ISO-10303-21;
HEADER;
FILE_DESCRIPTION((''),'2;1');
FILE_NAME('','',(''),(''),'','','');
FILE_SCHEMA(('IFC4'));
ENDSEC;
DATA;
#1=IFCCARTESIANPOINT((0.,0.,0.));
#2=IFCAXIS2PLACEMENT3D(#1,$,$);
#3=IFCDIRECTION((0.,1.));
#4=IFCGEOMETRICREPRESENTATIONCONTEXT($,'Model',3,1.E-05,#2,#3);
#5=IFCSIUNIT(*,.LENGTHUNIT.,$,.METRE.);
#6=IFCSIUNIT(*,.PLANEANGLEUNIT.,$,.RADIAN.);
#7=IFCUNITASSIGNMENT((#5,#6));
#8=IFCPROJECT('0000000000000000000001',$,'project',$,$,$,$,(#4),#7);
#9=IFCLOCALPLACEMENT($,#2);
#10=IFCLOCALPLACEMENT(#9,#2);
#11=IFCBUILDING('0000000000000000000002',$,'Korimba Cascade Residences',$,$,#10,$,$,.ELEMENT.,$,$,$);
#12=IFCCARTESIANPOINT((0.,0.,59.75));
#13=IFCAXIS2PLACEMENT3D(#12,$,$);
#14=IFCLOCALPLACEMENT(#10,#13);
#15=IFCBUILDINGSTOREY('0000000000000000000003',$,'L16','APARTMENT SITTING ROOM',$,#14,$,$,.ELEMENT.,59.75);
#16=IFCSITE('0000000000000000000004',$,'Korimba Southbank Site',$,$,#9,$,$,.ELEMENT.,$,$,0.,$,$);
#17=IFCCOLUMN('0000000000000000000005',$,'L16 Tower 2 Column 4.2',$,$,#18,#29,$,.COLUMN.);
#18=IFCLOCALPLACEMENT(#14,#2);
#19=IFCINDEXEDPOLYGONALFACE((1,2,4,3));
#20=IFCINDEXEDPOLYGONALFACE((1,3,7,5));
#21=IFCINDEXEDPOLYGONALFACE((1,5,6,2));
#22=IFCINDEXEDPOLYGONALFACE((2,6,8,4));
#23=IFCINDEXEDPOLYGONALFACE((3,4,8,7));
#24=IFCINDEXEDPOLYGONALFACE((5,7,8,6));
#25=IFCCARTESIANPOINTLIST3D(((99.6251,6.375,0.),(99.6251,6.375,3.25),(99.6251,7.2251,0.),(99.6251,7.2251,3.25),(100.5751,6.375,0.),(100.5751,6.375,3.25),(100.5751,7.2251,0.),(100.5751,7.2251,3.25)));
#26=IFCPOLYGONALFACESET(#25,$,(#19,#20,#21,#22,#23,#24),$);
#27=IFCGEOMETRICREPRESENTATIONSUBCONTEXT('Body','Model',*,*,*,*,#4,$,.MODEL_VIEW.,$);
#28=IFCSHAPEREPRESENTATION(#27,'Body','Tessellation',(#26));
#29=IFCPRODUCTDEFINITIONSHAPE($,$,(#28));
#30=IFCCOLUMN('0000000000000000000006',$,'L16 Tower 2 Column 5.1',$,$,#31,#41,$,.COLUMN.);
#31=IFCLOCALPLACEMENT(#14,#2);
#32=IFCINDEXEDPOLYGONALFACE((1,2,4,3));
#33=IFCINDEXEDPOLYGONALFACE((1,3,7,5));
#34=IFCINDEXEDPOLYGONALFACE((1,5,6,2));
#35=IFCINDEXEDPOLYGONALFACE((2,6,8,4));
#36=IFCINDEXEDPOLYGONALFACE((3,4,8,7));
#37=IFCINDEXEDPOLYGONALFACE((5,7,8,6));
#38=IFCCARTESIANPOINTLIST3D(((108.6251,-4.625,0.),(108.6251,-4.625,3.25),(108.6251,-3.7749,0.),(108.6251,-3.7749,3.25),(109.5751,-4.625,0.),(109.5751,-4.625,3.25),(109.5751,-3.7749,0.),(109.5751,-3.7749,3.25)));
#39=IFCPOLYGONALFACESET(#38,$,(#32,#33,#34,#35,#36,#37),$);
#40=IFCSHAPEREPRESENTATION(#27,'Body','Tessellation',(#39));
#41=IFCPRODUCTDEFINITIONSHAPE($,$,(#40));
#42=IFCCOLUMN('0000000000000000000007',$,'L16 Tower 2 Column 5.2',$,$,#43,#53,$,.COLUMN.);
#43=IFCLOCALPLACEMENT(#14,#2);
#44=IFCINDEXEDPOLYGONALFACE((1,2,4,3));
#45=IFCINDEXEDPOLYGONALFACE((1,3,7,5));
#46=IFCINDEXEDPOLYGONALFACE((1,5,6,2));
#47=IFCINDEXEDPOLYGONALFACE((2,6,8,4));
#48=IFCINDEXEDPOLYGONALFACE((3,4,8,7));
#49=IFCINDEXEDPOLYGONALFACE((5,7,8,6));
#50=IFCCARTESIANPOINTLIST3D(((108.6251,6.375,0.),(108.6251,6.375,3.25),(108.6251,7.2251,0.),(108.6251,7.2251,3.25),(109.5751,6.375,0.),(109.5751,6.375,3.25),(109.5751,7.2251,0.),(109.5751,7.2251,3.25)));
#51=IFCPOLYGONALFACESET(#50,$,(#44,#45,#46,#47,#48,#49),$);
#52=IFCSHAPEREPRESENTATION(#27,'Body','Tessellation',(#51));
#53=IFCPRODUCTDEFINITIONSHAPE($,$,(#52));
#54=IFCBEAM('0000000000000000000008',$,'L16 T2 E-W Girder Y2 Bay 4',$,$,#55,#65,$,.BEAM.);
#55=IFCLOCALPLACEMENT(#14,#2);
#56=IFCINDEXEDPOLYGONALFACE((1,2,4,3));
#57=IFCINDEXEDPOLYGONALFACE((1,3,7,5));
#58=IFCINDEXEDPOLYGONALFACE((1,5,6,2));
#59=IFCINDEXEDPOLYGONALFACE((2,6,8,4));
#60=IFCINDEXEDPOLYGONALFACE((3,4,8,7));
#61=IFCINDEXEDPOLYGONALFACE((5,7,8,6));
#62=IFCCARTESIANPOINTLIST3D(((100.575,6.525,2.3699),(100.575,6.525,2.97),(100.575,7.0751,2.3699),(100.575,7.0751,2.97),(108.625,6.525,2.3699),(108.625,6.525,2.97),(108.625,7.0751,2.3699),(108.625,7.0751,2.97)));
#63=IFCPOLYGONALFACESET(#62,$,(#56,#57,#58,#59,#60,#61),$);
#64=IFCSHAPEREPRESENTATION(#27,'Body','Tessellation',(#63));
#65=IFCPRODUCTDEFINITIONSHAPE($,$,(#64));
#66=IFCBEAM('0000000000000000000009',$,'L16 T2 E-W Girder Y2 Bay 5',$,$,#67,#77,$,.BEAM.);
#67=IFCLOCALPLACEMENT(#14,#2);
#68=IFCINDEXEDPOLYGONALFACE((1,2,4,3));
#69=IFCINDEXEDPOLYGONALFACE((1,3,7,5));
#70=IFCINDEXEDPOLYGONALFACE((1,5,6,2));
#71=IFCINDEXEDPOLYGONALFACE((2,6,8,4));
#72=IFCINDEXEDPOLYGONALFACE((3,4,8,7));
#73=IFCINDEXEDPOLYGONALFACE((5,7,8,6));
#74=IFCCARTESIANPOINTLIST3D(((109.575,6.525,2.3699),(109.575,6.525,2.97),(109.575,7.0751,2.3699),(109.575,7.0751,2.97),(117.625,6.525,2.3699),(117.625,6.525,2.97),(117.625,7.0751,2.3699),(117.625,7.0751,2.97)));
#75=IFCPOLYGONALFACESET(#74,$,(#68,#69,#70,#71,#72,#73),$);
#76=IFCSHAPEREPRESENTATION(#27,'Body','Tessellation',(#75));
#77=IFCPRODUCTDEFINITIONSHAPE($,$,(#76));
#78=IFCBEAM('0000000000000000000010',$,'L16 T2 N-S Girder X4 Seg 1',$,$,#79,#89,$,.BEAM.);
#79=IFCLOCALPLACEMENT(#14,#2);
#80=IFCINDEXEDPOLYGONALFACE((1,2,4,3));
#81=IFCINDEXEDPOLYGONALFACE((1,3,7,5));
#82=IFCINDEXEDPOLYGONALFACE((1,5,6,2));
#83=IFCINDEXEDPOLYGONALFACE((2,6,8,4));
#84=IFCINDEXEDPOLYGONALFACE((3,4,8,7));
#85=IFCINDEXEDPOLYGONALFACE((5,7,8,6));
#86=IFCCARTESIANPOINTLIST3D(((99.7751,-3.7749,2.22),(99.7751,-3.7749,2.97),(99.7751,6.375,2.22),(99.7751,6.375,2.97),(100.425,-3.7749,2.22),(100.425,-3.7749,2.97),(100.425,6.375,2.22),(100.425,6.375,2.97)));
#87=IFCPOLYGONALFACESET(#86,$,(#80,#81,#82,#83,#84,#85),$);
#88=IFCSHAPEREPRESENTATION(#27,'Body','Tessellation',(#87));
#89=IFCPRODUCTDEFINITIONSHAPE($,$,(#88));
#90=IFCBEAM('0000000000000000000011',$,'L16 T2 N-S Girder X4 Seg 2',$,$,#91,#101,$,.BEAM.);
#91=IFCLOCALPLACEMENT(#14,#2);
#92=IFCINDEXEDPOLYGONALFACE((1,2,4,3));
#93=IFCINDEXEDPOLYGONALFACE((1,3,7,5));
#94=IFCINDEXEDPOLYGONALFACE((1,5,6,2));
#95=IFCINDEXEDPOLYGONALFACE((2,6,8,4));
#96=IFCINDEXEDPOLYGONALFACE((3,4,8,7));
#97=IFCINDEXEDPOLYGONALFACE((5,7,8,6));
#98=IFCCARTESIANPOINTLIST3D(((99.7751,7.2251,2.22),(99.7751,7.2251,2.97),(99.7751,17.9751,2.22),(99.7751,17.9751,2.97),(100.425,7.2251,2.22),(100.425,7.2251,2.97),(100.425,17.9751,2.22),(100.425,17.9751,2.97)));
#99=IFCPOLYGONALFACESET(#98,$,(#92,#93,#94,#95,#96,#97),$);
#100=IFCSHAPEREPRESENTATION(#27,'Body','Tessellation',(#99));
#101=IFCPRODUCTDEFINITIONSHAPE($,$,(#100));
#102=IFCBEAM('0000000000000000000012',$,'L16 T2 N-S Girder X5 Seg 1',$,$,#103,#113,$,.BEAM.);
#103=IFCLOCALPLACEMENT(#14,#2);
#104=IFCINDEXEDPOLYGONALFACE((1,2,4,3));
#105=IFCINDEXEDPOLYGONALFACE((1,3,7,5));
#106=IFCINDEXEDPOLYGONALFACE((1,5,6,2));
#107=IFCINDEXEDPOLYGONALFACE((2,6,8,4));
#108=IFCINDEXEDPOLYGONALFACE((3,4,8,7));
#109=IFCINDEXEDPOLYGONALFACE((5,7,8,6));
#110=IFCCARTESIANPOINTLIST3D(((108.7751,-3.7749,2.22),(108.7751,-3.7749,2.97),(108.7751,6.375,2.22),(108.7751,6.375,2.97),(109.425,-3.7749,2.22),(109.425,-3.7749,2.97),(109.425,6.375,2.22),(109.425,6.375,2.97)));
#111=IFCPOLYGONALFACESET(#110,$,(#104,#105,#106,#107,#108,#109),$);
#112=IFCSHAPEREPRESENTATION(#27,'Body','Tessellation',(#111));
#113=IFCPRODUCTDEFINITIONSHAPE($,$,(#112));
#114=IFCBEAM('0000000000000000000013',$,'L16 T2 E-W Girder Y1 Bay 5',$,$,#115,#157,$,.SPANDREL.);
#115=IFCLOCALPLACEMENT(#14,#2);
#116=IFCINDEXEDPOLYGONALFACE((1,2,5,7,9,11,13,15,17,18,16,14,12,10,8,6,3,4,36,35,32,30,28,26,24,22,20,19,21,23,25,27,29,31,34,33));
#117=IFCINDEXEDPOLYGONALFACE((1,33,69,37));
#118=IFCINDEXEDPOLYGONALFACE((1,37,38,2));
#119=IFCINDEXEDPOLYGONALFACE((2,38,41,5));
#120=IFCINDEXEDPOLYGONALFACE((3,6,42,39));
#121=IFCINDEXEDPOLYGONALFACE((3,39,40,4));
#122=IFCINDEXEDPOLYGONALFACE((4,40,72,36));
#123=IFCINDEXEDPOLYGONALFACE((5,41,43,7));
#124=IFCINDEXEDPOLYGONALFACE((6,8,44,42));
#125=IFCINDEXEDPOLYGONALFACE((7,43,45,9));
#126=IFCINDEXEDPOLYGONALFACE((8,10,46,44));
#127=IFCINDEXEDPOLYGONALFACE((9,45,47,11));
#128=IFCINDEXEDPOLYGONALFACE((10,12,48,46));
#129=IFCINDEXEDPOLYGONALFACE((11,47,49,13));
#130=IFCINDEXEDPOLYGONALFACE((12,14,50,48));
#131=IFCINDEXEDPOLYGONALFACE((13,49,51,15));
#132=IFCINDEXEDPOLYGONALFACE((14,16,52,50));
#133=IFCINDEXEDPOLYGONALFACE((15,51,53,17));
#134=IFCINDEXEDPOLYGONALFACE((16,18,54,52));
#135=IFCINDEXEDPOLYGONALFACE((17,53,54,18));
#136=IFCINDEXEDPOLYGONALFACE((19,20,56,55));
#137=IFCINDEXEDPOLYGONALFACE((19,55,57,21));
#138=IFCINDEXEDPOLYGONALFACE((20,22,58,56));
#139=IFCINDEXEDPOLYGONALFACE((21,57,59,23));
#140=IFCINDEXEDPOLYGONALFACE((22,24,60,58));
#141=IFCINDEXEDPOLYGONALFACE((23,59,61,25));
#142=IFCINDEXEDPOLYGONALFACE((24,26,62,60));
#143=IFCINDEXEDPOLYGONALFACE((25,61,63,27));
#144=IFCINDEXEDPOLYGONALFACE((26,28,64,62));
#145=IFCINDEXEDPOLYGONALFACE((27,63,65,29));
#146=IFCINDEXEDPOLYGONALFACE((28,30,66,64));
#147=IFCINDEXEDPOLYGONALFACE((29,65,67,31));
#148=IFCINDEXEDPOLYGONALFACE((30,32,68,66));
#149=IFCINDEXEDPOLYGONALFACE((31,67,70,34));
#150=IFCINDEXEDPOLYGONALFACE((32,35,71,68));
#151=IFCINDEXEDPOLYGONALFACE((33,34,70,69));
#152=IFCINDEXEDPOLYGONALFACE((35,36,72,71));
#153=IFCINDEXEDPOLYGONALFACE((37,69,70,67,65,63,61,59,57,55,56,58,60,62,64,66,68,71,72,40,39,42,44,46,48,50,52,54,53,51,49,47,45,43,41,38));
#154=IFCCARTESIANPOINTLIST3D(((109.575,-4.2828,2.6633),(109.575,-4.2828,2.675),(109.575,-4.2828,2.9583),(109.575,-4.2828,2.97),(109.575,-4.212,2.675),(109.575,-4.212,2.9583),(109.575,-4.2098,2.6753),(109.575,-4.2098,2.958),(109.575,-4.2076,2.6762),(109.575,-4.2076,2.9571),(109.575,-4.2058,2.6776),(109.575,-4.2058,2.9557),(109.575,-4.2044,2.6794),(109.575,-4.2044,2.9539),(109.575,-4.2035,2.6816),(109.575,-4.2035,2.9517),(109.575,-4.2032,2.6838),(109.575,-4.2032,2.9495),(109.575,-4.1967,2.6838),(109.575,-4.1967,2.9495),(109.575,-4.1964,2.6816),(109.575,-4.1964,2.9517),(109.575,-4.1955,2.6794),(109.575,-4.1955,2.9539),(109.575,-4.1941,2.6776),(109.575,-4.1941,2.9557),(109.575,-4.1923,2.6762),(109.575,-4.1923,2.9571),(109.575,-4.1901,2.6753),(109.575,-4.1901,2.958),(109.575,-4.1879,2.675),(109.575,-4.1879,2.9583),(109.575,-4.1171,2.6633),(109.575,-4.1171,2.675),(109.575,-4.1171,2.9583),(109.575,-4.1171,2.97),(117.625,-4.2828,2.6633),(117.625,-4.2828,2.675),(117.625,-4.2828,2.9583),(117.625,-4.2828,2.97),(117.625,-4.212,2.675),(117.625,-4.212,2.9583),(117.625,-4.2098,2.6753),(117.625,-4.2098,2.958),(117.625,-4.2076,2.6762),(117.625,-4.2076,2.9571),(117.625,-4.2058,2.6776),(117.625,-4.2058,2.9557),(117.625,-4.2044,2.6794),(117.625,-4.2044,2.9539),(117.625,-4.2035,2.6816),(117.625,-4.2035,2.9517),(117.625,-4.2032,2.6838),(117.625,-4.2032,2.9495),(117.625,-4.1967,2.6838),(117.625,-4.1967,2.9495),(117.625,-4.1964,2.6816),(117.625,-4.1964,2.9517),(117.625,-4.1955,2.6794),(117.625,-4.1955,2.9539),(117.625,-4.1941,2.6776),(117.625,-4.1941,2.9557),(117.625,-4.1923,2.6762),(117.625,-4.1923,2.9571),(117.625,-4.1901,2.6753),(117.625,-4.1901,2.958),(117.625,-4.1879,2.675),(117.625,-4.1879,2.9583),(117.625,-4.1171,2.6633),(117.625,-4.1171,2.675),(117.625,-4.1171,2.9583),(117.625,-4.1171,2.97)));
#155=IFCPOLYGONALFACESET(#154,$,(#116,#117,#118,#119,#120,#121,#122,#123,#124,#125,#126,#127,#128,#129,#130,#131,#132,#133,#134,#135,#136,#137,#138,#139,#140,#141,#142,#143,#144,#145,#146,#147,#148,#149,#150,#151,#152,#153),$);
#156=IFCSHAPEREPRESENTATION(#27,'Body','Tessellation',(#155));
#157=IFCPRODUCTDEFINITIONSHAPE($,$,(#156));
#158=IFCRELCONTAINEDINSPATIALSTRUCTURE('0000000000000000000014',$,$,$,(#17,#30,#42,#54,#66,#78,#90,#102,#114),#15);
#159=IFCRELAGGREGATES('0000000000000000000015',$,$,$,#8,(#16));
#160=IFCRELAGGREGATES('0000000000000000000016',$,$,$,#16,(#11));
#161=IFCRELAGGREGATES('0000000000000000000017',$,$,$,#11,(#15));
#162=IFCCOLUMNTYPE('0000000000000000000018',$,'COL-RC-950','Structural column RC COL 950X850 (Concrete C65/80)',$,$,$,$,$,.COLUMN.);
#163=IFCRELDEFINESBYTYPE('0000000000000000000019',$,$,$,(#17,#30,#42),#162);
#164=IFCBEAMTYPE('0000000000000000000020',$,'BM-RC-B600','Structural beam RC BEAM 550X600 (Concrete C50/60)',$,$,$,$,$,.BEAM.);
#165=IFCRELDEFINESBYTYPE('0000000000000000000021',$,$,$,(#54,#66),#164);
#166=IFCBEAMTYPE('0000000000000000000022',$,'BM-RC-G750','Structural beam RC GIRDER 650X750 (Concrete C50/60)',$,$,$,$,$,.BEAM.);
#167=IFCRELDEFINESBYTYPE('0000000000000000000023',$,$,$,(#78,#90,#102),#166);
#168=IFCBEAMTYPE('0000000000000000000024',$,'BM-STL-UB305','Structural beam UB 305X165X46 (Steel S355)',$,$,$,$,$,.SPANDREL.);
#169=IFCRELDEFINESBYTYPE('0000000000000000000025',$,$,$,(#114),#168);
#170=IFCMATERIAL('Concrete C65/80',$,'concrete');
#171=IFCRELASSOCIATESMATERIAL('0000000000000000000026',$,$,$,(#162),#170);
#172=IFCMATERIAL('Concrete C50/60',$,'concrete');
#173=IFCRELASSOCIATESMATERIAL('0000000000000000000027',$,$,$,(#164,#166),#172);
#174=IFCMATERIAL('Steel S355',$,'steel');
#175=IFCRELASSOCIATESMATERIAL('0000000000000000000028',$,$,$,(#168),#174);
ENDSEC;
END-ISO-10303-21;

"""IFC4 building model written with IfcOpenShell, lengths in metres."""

from ifc_helpers import new_model, si_unit, direction, frame, origin, origin_2d, place, context, subcontext, project, spatial, rectangle, i_section, extrude, material, material_profile, profile_set, type_object, element, save


model = new_model("IFC4")

# Units and contexts
model_context = context("Model", 3, precision=1e-05, world=origin(), true_north=direction((0.0, 1.0)))
body_context = subcontext(model_context, "Body", "Model", "MODEL_VIEW")
ifc_project = project(units=[si_unit("LENGTHUNIT", "METRE"), si_unit("PLANEANGLEUNIT", "RADIAN")], contexts=[model_context])

# Site, building, storey
site_placement = place(None, origin())
site = spatial("IfcSite", under=ifc_project, at=site_placement, Name="Korimba Southbank Site", CompositionType="ELEMENT", RefElevation=0.0)
building_placement = place(site_placement, origin())
building = spatial("IfcBuilding", under=site, at=building_placement, Name="Korimba Cascade Residences", CompositionType="ELEMENT")
storey_placement = place(building_placement, frame((0.0, 0.0, 59.75)))
storey = spatial("IfcBuildingStorey", under=building, at=storey_placement, Name="L16", Description="APARTMENT SITTING ROOM", CompositionType="ELEMENT", Elevation=59.75)

# Columns
ifc_material_1 = material(Name="Concrete C65/80", Category="concrete")
ifc_material_profile_1 = material_profile(ifc_material_1, rectangle(XDim=0.95, YDim=0.8501, at=origin_2d()), Name="Concrete C65/80")
ifc_profile_set_1 = profile_set([ifc_material_profile_1], Name="Concrete C65/80")
column_type = type_object("IfcColumnType", Name="COL-RC-950", Description="Structural column RC COL 950X850 (Concrete C65/80)", PredefinedType="COLUMN", material=ifc_profile_set_1)
for number, where, z_axis, x_axis, name in (
    (1, (100.1001, 6.8, 0.0), (0.0, 0.0, 1.0), (1.0, 0.0, 0.0), "L16 Tower 2 Column 4.2"),
    (2, (109.1001, -4.2, 0.0), (0.0, 0.0, 1.0), (1.0, 0.0, 0.0), "L16 Tower 2 Column 5.1"),
    (3, (109.1001, 6.8, 0.0), (0.0, 0.0, 1.0), (1.0, 0.0, 0.0), "L16 Tower 2 Column 5.2"),
):
    element("IfcColumn", number, at=place(storey_placement, frame(where, z_axis=z_axis, x_axis=x_axis)), inside=storey, type_object=column_type, Name=name, PredefinedType="COLUMN", context=body_context, shape_type="SweptSolid", body=[
        extrude(rectangle(XDim=0.95, YDim=0.8501, at=origin_2d()), origin(), (0.0, 0.0, 1.0), 3.25),
    ])

# Beams
ifc_material_2 = material(Name="Concrete C50/60", Category="concrete")
ifc_material_profile_2 = material_profile(ifc_material_2, rectangle(XDim=0.55, YDim=0.6001, at=origin_2d()), Name="Concrete C50/60")
ifc_profile_set_2 = profile_set([ifc_material_profile_2], Name="Concrete C50/60")
beam_type_1 = type_object("IfcBeamType", Name="BM-RC-B600", Description="Structural beam RC BEAM 550X600 (Concrete C50/60)", PredefinedType="BEAM", material=ifc_profile_set_2)
for number, where, z_axis, x_axis, name in (
    (4, (100.575, 6.8, 2.6699), (1.0, 0.0, 0.0), (0.0, 1.0, 0.0), "L16 T2 E-W Girder Y2 Bay 4"),
    (5, (109.575, 6.8, 2.6699), (1.0, 0.0, 0.0), (0.0, 1.0, 0.0), "L16 T2 E-W Girder Y2 Bay 5"),
):
    element("IfcBeam", number, at=place(storey_placement, frame(where, z_axis=z_axis, x_axis=x_axis)), inside=storey, type_object=beam_type_1, Name=name, PredefinedType="BEAM", context=body_context, shape_type="SweptSolid", body=[
        extrude(rectangle(XDim=0.55, YDim=0.6001, at=origin_2d()), origin(), (0.0, 0.0, 1.0), 8.05),
    ])
ifc_material_profile_3 = material_profile(ifc_material_2, rectangle(XDim=0.6499, YDim=0.75, at=origin_2d()), Name="Concrete C50/60")
ifc_profile_set_3 = profile_set([ifc_material_profile_3], Name="Concrete C50/60")
beam_type_2 = type_object("IfcBeamType", Name="BM-RC-G750", Description="Structural beam RC GIRDER 650X750 (Concrete C50/60)", PredefinedType="BEAM", material=ifc_profile_set_3)
beam_1_placement = place(storey_placement, frame((100.1001, -3.7749, 2.595), z_axis=(0.0, 1.0, 0.0), x_axis=(-1.0, 0.0, 0.0)))
element("IfcBeam", 6, at=beam_1_placement, inside=storey, type_object=beam_type_2, Name="L16 T2 N-S Girder X4 Seg 1", PredefinedType="BEAM", context=body_context, shape_type="SweptSolid", body=[
    extrude(rectangle(XDim=0.6499, YDim=0.75, at=origin_2d()), origin(), (0.0, 0.0, 1.0), 10.1499),
])
beam_2_placement = place(storey_placement, frame((100.1001, 7.2251, 2.595), z_axis=(0.0, 1.0, 0.0), x_axis=(-1.0, 0.0, 0.0)))
element("IfcBeam", 7, at=beam_2_placement, inside=storey, type_object=beam_type_2, Name="L16 T2 N-S Girder X4 Seg 2", PredefinedType="BEAM", context=body_context, shape_type="SweptSolid", body=[
    extrude(rectangle(XDim=0.6499, YDim=0.75, at=origin_2d()), origin(), (0.0, 0.0, 1.0), 10.75),
])
beam_3_placement = place(storey_placement, frame((109.1001, -3.7749, 2.595), z_axis=(0.0, 1.0, 0.0), x_axis=(-1.0, 0.0, 0.0)))
element("IfcBeam", 8, at=beam_3_placement, inside=storey, type_object=beam_type_2, Name="L16 T2 N-S Girder X5 Seg 1", PredefinedType="BEAM", context=body_context, shape_type="SweptSolid", body=[
    extrude(rectangle(XDim=0.6499, YDim=0.75, at=origin_2d()), origin(), (0.0, 0.0, 1.0), 10.1499),
])
ifc_material_3 = material(Name="Steel S355", Category="steel")
ifc_material_profile_4 = material_profile(ifc_material_3, i_section(OverallWidth=0.1658, OverallDepth=0.3066, WebThickness=0.0066, FlangeThickness=0.0117, FilletRadius=0.0088, at=origin_2d()), Name="Steel S355")
ifc_profile_set_4 = profile_set([ifc_material_profile_4], Name="Steel S355")
beam_type_3 = type_object("IfcBeamType", Name="BM-STL-UB305", Description="Structural beam UB 305X165X46 (Steel S355)", PredefinedType="SPANDREL", material=ifc_profile_set_4)
beam_4_placement = place(storey_placement, frame((109.575, -4.2, 2.8167), z_axis=(1.0, 0.0, 0.0), x_axis=(0.0, 1.0, 0.0)))
element("IfcBeam", 9, at=beam_4_placement, inside=storey, type_object=beam_type_3, Name="L16 T2 E-W Girder Y1 Bay 5", PredefinedType="SPANDREL", context=body_context, shape_type="SweptSolid", body=[
    extrude(i_section(OverallWidth=0.1658, OverallDepth=0.3066, WebThickness=0.0066, FlangeThickness=0.0117, FilletRadius=0.0088, at=origin_2d()), origin(), (0.0, 0.0, 1.0), 8.05),
])

save(model, "model.ifc")
